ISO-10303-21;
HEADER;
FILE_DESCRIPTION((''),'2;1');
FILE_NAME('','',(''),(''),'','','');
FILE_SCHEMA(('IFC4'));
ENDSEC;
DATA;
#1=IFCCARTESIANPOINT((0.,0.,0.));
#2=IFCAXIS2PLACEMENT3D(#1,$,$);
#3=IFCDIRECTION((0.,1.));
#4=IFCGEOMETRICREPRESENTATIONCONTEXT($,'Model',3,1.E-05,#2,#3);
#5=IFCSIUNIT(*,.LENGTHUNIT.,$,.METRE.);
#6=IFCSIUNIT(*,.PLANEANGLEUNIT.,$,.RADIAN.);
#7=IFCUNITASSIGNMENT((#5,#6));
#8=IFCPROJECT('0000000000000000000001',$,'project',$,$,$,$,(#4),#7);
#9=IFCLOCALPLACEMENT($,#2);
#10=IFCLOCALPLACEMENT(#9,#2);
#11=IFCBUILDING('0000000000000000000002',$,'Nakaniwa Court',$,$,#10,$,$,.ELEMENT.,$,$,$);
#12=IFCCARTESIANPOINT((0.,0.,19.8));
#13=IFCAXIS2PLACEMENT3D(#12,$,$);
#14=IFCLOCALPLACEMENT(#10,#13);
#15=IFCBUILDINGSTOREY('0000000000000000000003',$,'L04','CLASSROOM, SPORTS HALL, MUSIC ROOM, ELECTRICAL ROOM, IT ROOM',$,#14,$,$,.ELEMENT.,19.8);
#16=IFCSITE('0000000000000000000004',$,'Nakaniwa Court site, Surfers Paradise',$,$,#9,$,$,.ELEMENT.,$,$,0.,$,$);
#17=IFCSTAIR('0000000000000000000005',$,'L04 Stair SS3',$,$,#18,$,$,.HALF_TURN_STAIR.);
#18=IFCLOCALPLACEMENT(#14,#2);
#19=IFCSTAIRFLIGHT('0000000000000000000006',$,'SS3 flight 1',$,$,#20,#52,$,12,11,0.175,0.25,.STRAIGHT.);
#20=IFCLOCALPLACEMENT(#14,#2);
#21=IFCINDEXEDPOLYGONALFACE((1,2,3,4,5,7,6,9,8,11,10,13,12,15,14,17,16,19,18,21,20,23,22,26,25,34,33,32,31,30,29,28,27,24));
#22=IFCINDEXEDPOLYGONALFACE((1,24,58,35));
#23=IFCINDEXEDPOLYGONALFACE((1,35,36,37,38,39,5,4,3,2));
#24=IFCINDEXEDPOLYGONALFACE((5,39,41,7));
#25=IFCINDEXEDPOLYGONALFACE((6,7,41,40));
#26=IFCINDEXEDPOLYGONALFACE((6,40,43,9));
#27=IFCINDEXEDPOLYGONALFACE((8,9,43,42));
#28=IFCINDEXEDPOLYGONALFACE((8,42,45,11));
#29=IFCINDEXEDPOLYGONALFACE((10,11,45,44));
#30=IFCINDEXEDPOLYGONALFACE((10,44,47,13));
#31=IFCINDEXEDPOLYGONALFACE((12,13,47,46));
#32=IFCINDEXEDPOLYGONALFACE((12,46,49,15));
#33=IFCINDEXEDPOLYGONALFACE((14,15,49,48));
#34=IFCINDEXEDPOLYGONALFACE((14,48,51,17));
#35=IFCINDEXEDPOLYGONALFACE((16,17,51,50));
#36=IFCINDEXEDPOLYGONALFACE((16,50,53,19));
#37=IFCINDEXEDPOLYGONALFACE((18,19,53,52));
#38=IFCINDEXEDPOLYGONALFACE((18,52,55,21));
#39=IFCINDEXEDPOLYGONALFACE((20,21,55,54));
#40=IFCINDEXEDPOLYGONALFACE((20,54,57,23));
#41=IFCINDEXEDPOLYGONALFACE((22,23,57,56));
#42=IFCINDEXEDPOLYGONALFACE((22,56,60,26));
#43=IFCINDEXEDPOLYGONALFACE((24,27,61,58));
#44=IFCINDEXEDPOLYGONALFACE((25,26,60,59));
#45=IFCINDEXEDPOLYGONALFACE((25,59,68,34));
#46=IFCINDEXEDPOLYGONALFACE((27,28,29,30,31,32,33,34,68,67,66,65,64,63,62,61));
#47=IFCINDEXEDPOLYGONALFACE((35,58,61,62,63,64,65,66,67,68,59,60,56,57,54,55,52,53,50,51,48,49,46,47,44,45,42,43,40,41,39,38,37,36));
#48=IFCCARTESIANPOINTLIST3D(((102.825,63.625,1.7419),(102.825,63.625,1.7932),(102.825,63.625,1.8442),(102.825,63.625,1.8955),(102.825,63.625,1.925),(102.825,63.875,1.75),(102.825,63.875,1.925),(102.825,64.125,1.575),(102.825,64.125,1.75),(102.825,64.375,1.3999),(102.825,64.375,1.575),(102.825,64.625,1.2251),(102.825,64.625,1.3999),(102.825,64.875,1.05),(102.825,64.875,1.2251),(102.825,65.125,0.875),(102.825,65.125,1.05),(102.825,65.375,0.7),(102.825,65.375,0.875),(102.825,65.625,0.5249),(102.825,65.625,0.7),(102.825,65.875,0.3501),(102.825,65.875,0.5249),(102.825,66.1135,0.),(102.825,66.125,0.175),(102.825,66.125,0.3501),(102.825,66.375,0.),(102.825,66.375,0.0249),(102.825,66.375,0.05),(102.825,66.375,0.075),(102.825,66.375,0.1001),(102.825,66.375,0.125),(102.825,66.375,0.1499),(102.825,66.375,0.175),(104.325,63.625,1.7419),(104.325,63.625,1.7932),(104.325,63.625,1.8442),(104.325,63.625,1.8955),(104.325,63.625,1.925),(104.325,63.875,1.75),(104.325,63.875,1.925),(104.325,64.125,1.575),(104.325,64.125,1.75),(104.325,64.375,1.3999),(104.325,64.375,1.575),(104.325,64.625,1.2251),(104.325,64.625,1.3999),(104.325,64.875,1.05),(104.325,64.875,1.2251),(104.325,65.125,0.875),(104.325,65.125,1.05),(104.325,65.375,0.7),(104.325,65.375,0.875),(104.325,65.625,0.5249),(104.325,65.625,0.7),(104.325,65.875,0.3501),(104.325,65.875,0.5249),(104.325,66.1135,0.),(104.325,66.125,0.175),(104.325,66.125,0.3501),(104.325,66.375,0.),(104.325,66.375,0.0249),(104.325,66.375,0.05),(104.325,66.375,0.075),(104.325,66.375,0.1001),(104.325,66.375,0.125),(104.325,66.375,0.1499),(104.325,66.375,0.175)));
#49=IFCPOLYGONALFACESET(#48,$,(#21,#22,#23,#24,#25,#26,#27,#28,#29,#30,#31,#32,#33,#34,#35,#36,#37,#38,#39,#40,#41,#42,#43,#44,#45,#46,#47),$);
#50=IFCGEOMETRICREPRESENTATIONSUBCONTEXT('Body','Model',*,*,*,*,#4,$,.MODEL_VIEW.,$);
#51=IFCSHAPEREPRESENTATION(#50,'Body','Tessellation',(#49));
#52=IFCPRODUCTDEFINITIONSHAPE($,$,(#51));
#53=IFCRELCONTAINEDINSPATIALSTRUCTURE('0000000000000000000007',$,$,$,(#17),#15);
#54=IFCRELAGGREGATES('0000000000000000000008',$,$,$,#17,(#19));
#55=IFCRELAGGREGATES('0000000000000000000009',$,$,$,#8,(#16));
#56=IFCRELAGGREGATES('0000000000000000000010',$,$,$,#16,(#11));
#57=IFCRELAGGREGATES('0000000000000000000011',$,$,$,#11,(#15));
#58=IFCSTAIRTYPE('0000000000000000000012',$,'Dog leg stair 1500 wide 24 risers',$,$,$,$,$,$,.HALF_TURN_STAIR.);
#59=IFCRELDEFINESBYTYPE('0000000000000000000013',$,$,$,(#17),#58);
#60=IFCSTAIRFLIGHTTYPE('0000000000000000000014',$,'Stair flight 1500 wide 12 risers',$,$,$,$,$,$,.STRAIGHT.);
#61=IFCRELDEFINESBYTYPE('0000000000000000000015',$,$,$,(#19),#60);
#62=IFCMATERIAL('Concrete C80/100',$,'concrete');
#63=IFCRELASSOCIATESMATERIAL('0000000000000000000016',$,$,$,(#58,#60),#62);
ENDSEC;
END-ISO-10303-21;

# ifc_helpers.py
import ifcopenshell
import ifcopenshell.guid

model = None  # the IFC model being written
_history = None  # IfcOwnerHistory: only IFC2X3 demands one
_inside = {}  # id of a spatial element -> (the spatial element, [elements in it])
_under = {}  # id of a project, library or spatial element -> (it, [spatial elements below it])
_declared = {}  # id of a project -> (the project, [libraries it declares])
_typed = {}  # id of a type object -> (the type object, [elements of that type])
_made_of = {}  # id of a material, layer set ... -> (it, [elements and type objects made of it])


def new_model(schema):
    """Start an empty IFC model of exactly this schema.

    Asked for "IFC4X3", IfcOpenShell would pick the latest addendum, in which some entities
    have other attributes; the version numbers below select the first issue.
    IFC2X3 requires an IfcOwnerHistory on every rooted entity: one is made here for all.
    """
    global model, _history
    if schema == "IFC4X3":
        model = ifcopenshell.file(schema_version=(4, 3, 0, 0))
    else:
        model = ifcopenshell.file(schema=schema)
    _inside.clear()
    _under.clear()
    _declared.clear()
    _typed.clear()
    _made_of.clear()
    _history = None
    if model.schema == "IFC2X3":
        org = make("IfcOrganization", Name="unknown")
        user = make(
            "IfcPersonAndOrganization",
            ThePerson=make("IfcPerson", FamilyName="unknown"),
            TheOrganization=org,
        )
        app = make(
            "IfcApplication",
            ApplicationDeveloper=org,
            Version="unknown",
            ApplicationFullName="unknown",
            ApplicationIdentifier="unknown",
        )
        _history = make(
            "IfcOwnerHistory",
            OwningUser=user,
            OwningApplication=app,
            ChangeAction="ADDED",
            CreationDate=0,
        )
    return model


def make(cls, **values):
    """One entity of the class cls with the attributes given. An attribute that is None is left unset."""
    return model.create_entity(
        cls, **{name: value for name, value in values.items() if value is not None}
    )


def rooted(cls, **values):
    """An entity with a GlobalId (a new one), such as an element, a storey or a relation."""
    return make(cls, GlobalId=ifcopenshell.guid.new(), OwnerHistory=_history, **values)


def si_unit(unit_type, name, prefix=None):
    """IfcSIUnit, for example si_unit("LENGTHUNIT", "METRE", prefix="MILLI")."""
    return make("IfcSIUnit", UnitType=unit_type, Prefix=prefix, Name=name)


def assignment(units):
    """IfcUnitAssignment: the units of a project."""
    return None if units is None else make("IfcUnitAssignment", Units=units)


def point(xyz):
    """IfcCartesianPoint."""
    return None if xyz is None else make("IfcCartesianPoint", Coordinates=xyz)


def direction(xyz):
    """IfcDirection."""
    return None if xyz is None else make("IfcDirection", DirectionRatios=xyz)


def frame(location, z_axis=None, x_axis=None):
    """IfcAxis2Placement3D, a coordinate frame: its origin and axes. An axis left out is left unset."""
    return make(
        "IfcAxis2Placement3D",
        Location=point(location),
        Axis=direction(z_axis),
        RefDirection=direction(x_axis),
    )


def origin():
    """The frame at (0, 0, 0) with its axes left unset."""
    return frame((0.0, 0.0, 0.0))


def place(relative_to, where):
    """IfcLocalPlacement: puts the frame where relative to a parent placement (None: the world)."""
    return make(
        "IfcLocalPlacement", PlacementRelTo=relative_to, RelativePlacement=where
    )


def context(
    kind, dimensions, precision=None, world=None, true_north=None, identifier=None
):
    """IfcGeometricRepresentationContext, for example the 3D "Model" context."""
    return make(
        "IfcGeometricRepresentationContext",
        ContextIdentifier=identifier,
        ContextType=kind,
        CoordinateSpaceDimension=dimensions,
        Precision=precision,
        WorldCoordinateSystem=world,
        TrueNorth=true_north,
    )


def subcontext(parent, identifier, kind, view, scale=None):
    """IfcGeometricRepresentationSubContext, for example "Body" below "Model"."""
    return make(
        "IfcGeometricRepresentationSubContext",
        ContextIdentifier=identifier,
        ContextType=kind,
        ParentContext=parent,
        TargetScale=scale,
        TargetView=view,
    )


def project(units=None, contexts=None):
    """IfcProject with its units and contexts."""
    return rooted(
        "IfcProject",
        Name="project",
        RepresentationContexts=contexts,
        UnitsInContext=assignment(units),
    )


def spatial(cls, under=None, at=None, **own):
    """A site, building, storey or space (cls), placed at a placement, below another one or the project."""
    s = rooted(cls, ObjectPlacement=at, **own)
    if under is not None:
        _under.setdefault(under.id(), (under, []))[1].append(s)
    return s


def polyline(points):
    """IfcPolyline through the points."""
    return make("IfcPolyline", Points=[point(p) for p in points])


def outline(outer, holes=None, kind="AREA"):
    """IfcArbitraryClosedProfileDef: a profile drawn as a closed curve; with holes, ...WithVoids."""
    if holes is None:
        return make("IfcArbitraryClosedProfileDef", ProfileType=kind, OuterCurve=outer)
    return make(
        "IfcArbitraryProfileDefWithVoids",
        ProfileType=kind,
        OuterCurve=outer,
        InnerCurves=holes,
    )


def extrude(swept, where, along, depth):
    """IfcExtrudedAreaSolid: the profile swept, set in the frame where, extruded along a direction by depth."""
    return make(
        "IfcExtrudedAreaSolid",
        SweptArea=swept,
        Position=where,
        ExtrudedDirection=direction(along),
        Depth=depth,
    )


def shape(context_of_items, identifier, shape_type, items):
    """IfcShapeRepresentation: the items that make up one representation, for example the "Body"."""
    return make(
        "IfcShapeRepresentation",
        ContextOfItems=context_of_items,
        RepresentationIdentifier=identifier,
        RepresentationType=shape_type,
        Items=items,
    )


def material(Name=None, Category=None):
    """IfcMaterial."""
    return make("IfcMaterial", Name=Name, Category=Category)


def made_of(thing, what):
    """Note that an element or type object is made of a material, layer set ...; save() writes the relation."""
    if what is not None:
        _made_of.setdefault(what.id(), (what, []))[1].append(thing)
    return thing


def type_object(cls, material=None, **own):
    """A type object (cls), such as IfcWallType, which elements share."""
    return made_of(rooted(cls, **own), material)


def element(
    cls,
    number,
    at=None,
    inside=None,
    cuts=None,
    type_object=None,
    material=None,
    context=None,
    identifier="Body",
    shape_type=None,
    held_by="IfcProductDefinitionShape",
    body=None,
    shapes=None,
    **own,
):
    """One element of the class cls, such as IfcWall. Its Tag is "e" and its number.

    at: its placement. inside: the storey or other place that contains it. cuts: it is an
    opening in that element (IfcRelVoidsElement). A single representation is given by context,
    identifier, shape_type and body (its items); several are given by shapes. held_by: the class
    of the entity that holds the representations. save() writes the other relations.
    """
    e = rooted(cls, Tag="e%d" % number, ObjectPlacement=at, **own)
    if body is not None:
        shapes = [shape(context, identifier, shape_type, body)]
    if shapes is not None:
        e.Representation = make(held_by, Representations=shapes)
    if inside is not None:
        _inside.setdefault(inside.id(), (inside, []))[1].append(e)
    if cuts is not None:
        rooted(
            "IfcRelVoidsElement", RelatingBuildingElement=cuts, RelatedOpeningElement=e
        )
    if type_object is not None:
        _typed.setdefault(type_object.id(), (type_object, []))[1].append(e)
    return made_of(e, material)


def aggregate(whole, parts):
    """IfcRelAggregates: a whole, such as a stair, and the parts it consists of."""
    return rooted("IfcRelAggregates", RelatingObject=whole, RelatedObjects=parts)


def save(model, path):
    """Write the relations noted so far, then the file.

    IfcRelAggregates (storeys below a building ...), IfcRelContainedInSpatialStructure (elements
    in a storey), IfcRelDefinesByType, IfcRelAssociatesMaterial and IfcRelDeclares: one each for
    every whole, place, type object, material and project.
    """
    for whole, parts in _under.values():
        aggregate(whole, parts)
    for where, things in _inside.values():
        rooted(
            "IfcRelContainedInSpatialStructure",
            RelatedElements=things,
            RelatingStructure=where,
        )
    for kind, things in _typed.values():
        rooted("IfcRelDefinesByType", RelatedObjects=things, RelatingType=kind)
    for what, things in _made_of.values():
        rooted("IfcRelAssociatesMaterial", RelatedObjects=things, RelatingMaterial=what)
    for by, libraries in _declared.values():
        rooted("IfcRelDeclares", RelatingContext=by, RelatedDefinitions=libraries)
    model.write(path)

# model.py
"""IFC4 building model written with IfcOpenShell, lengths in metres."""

from ifc_helpers import new_model, si_unit, direction, frame, origin, place, context, subcontext, project, spatial, polyline, outline, extrude, material, type_object, element, aggregate, save


model = new_model("IFC4")

# Units and contexts
model_context = context("Model", 3, precision=1e-05, world=origin(), true_north=direction((0.0, 1.0)))
body_context = subcontext(model_context, "Body", "Model", "MODEL_VIEW")
ifc_project = project(units=[si_unit("LENGTHUNIT", "METRE"), si_unit("PLANEANGLEUNIT", "RADIAN")], contexts=[model_context])

# Site, building, storey
site_placement = place(None, origin())
site = spatial("IfcSite", under=ifc_project, at=site_placement, Name="Nakaniwa Court site, Surfers Paradise", CompositionType="ELEMENT", RefElevation=0.0)
building_placement = place(site_placement, origin())
building = spatial("IfcBuilding", under=site, at=building_placement, Name="Nakaniwa Court", CompositionType="ELEMENT")
storey_placement = place(building_placement, frame((0.0, 0.0, 19.8)))
storey = spatial("IfcBuildingStorey", under=building, at=storey_placement, Name="L04", Description="CLASSROOM, SPORTS HALL, MUSIC ROOM, ELECTRICAL ROOM, IT ROOM", CompositionType="ELEMENT", Elevation=19.8)

# Stair, stair flight
ifc_material_1 = material(Name="Concrete C80/100", Category="concrete")
stair_type = type_object("IfcStairType", Name="Dog leg stair 1500 wide 24 risers", PredefinedType="HALF_TURN_STAIR", material=ifc_material_1)
stair_placement = place(storey_placement, origin())
stair = element("IfcStair", 1, at=stair_placement, inside=storey, type_object=stair_type, Name="L04 Stair SS3", PredefinedType="HALF_TURN_STAIR")
stair_flight_type = type_object("IfcStairFlightType", Name="Stair flight 1500 wide 12 risers", PredefinedType="STRAIGHT", material=ifc_material_1)
stair_flight_placement = place(storey_placement, frame((103.575, 66.375, 0.0), z_axis=(0.0, 0.0, 1.0), x_axis=(0.0, -1.0, 0.0)))
stair_flight = element("IfcStairFlight", 2, at=stair_flight_placement, type_object=stair_flight_type, Name="SS3 flight 1", NumberOfRisers=12, NumberOfTreads=11, PredefinedType="STRAIGHT", RiserHeight=0.175, TreadLength=0.25, context=body_context, shape_type="SweptSolid", body=[
    extrude(outline(polyline([(0.0, 0.0), (0.0, 0.0249), (0.0, 0.05), (0.0, 0.075), (0.0, 0.1001), (0.0, 0.125), (0.0, 0.1499), (0.0, 0.175), (0.25, 0.175), (0.25, 0.3501), (0.5, 0.3501), (0.5, 0.5249), (0.75, 0.5249), (0.75, 0.7), (1.0, 0.7), (1.0, 0.875), (1.25, 0.875), (1.25, 1.05), (1.5, 1.05), (1.5, 1.2251), (1.75, 1.2251), (1.75, 1.3999), (2.0, 1.3999), (2.0, 1.575), (2.25, 1.575), (2.25, 1.75), (2.5, 1.75), (2.5, 1.925), (2.75, 1.925), (2.75, 2.1001), (2.75, 2.0488), (2.75, 1.9978), (2.75, 1.9465), (2.75, 1.8955), (2.75, 1.8442), (2.75, 1.7932), (2.75, 1.7419), (0.2615, 0.0), (0.0, 0.0)])), frame((0.0, 0.75, 0.0), z_axis=(0.0, -1.0, 0.0), x_axis=(1.0, 0.0, 0.0)), (0.0, 0.0, 1.0), 1.5),
])
aggregate(stair, [stair_flight])

save(model, "model.ifc")
